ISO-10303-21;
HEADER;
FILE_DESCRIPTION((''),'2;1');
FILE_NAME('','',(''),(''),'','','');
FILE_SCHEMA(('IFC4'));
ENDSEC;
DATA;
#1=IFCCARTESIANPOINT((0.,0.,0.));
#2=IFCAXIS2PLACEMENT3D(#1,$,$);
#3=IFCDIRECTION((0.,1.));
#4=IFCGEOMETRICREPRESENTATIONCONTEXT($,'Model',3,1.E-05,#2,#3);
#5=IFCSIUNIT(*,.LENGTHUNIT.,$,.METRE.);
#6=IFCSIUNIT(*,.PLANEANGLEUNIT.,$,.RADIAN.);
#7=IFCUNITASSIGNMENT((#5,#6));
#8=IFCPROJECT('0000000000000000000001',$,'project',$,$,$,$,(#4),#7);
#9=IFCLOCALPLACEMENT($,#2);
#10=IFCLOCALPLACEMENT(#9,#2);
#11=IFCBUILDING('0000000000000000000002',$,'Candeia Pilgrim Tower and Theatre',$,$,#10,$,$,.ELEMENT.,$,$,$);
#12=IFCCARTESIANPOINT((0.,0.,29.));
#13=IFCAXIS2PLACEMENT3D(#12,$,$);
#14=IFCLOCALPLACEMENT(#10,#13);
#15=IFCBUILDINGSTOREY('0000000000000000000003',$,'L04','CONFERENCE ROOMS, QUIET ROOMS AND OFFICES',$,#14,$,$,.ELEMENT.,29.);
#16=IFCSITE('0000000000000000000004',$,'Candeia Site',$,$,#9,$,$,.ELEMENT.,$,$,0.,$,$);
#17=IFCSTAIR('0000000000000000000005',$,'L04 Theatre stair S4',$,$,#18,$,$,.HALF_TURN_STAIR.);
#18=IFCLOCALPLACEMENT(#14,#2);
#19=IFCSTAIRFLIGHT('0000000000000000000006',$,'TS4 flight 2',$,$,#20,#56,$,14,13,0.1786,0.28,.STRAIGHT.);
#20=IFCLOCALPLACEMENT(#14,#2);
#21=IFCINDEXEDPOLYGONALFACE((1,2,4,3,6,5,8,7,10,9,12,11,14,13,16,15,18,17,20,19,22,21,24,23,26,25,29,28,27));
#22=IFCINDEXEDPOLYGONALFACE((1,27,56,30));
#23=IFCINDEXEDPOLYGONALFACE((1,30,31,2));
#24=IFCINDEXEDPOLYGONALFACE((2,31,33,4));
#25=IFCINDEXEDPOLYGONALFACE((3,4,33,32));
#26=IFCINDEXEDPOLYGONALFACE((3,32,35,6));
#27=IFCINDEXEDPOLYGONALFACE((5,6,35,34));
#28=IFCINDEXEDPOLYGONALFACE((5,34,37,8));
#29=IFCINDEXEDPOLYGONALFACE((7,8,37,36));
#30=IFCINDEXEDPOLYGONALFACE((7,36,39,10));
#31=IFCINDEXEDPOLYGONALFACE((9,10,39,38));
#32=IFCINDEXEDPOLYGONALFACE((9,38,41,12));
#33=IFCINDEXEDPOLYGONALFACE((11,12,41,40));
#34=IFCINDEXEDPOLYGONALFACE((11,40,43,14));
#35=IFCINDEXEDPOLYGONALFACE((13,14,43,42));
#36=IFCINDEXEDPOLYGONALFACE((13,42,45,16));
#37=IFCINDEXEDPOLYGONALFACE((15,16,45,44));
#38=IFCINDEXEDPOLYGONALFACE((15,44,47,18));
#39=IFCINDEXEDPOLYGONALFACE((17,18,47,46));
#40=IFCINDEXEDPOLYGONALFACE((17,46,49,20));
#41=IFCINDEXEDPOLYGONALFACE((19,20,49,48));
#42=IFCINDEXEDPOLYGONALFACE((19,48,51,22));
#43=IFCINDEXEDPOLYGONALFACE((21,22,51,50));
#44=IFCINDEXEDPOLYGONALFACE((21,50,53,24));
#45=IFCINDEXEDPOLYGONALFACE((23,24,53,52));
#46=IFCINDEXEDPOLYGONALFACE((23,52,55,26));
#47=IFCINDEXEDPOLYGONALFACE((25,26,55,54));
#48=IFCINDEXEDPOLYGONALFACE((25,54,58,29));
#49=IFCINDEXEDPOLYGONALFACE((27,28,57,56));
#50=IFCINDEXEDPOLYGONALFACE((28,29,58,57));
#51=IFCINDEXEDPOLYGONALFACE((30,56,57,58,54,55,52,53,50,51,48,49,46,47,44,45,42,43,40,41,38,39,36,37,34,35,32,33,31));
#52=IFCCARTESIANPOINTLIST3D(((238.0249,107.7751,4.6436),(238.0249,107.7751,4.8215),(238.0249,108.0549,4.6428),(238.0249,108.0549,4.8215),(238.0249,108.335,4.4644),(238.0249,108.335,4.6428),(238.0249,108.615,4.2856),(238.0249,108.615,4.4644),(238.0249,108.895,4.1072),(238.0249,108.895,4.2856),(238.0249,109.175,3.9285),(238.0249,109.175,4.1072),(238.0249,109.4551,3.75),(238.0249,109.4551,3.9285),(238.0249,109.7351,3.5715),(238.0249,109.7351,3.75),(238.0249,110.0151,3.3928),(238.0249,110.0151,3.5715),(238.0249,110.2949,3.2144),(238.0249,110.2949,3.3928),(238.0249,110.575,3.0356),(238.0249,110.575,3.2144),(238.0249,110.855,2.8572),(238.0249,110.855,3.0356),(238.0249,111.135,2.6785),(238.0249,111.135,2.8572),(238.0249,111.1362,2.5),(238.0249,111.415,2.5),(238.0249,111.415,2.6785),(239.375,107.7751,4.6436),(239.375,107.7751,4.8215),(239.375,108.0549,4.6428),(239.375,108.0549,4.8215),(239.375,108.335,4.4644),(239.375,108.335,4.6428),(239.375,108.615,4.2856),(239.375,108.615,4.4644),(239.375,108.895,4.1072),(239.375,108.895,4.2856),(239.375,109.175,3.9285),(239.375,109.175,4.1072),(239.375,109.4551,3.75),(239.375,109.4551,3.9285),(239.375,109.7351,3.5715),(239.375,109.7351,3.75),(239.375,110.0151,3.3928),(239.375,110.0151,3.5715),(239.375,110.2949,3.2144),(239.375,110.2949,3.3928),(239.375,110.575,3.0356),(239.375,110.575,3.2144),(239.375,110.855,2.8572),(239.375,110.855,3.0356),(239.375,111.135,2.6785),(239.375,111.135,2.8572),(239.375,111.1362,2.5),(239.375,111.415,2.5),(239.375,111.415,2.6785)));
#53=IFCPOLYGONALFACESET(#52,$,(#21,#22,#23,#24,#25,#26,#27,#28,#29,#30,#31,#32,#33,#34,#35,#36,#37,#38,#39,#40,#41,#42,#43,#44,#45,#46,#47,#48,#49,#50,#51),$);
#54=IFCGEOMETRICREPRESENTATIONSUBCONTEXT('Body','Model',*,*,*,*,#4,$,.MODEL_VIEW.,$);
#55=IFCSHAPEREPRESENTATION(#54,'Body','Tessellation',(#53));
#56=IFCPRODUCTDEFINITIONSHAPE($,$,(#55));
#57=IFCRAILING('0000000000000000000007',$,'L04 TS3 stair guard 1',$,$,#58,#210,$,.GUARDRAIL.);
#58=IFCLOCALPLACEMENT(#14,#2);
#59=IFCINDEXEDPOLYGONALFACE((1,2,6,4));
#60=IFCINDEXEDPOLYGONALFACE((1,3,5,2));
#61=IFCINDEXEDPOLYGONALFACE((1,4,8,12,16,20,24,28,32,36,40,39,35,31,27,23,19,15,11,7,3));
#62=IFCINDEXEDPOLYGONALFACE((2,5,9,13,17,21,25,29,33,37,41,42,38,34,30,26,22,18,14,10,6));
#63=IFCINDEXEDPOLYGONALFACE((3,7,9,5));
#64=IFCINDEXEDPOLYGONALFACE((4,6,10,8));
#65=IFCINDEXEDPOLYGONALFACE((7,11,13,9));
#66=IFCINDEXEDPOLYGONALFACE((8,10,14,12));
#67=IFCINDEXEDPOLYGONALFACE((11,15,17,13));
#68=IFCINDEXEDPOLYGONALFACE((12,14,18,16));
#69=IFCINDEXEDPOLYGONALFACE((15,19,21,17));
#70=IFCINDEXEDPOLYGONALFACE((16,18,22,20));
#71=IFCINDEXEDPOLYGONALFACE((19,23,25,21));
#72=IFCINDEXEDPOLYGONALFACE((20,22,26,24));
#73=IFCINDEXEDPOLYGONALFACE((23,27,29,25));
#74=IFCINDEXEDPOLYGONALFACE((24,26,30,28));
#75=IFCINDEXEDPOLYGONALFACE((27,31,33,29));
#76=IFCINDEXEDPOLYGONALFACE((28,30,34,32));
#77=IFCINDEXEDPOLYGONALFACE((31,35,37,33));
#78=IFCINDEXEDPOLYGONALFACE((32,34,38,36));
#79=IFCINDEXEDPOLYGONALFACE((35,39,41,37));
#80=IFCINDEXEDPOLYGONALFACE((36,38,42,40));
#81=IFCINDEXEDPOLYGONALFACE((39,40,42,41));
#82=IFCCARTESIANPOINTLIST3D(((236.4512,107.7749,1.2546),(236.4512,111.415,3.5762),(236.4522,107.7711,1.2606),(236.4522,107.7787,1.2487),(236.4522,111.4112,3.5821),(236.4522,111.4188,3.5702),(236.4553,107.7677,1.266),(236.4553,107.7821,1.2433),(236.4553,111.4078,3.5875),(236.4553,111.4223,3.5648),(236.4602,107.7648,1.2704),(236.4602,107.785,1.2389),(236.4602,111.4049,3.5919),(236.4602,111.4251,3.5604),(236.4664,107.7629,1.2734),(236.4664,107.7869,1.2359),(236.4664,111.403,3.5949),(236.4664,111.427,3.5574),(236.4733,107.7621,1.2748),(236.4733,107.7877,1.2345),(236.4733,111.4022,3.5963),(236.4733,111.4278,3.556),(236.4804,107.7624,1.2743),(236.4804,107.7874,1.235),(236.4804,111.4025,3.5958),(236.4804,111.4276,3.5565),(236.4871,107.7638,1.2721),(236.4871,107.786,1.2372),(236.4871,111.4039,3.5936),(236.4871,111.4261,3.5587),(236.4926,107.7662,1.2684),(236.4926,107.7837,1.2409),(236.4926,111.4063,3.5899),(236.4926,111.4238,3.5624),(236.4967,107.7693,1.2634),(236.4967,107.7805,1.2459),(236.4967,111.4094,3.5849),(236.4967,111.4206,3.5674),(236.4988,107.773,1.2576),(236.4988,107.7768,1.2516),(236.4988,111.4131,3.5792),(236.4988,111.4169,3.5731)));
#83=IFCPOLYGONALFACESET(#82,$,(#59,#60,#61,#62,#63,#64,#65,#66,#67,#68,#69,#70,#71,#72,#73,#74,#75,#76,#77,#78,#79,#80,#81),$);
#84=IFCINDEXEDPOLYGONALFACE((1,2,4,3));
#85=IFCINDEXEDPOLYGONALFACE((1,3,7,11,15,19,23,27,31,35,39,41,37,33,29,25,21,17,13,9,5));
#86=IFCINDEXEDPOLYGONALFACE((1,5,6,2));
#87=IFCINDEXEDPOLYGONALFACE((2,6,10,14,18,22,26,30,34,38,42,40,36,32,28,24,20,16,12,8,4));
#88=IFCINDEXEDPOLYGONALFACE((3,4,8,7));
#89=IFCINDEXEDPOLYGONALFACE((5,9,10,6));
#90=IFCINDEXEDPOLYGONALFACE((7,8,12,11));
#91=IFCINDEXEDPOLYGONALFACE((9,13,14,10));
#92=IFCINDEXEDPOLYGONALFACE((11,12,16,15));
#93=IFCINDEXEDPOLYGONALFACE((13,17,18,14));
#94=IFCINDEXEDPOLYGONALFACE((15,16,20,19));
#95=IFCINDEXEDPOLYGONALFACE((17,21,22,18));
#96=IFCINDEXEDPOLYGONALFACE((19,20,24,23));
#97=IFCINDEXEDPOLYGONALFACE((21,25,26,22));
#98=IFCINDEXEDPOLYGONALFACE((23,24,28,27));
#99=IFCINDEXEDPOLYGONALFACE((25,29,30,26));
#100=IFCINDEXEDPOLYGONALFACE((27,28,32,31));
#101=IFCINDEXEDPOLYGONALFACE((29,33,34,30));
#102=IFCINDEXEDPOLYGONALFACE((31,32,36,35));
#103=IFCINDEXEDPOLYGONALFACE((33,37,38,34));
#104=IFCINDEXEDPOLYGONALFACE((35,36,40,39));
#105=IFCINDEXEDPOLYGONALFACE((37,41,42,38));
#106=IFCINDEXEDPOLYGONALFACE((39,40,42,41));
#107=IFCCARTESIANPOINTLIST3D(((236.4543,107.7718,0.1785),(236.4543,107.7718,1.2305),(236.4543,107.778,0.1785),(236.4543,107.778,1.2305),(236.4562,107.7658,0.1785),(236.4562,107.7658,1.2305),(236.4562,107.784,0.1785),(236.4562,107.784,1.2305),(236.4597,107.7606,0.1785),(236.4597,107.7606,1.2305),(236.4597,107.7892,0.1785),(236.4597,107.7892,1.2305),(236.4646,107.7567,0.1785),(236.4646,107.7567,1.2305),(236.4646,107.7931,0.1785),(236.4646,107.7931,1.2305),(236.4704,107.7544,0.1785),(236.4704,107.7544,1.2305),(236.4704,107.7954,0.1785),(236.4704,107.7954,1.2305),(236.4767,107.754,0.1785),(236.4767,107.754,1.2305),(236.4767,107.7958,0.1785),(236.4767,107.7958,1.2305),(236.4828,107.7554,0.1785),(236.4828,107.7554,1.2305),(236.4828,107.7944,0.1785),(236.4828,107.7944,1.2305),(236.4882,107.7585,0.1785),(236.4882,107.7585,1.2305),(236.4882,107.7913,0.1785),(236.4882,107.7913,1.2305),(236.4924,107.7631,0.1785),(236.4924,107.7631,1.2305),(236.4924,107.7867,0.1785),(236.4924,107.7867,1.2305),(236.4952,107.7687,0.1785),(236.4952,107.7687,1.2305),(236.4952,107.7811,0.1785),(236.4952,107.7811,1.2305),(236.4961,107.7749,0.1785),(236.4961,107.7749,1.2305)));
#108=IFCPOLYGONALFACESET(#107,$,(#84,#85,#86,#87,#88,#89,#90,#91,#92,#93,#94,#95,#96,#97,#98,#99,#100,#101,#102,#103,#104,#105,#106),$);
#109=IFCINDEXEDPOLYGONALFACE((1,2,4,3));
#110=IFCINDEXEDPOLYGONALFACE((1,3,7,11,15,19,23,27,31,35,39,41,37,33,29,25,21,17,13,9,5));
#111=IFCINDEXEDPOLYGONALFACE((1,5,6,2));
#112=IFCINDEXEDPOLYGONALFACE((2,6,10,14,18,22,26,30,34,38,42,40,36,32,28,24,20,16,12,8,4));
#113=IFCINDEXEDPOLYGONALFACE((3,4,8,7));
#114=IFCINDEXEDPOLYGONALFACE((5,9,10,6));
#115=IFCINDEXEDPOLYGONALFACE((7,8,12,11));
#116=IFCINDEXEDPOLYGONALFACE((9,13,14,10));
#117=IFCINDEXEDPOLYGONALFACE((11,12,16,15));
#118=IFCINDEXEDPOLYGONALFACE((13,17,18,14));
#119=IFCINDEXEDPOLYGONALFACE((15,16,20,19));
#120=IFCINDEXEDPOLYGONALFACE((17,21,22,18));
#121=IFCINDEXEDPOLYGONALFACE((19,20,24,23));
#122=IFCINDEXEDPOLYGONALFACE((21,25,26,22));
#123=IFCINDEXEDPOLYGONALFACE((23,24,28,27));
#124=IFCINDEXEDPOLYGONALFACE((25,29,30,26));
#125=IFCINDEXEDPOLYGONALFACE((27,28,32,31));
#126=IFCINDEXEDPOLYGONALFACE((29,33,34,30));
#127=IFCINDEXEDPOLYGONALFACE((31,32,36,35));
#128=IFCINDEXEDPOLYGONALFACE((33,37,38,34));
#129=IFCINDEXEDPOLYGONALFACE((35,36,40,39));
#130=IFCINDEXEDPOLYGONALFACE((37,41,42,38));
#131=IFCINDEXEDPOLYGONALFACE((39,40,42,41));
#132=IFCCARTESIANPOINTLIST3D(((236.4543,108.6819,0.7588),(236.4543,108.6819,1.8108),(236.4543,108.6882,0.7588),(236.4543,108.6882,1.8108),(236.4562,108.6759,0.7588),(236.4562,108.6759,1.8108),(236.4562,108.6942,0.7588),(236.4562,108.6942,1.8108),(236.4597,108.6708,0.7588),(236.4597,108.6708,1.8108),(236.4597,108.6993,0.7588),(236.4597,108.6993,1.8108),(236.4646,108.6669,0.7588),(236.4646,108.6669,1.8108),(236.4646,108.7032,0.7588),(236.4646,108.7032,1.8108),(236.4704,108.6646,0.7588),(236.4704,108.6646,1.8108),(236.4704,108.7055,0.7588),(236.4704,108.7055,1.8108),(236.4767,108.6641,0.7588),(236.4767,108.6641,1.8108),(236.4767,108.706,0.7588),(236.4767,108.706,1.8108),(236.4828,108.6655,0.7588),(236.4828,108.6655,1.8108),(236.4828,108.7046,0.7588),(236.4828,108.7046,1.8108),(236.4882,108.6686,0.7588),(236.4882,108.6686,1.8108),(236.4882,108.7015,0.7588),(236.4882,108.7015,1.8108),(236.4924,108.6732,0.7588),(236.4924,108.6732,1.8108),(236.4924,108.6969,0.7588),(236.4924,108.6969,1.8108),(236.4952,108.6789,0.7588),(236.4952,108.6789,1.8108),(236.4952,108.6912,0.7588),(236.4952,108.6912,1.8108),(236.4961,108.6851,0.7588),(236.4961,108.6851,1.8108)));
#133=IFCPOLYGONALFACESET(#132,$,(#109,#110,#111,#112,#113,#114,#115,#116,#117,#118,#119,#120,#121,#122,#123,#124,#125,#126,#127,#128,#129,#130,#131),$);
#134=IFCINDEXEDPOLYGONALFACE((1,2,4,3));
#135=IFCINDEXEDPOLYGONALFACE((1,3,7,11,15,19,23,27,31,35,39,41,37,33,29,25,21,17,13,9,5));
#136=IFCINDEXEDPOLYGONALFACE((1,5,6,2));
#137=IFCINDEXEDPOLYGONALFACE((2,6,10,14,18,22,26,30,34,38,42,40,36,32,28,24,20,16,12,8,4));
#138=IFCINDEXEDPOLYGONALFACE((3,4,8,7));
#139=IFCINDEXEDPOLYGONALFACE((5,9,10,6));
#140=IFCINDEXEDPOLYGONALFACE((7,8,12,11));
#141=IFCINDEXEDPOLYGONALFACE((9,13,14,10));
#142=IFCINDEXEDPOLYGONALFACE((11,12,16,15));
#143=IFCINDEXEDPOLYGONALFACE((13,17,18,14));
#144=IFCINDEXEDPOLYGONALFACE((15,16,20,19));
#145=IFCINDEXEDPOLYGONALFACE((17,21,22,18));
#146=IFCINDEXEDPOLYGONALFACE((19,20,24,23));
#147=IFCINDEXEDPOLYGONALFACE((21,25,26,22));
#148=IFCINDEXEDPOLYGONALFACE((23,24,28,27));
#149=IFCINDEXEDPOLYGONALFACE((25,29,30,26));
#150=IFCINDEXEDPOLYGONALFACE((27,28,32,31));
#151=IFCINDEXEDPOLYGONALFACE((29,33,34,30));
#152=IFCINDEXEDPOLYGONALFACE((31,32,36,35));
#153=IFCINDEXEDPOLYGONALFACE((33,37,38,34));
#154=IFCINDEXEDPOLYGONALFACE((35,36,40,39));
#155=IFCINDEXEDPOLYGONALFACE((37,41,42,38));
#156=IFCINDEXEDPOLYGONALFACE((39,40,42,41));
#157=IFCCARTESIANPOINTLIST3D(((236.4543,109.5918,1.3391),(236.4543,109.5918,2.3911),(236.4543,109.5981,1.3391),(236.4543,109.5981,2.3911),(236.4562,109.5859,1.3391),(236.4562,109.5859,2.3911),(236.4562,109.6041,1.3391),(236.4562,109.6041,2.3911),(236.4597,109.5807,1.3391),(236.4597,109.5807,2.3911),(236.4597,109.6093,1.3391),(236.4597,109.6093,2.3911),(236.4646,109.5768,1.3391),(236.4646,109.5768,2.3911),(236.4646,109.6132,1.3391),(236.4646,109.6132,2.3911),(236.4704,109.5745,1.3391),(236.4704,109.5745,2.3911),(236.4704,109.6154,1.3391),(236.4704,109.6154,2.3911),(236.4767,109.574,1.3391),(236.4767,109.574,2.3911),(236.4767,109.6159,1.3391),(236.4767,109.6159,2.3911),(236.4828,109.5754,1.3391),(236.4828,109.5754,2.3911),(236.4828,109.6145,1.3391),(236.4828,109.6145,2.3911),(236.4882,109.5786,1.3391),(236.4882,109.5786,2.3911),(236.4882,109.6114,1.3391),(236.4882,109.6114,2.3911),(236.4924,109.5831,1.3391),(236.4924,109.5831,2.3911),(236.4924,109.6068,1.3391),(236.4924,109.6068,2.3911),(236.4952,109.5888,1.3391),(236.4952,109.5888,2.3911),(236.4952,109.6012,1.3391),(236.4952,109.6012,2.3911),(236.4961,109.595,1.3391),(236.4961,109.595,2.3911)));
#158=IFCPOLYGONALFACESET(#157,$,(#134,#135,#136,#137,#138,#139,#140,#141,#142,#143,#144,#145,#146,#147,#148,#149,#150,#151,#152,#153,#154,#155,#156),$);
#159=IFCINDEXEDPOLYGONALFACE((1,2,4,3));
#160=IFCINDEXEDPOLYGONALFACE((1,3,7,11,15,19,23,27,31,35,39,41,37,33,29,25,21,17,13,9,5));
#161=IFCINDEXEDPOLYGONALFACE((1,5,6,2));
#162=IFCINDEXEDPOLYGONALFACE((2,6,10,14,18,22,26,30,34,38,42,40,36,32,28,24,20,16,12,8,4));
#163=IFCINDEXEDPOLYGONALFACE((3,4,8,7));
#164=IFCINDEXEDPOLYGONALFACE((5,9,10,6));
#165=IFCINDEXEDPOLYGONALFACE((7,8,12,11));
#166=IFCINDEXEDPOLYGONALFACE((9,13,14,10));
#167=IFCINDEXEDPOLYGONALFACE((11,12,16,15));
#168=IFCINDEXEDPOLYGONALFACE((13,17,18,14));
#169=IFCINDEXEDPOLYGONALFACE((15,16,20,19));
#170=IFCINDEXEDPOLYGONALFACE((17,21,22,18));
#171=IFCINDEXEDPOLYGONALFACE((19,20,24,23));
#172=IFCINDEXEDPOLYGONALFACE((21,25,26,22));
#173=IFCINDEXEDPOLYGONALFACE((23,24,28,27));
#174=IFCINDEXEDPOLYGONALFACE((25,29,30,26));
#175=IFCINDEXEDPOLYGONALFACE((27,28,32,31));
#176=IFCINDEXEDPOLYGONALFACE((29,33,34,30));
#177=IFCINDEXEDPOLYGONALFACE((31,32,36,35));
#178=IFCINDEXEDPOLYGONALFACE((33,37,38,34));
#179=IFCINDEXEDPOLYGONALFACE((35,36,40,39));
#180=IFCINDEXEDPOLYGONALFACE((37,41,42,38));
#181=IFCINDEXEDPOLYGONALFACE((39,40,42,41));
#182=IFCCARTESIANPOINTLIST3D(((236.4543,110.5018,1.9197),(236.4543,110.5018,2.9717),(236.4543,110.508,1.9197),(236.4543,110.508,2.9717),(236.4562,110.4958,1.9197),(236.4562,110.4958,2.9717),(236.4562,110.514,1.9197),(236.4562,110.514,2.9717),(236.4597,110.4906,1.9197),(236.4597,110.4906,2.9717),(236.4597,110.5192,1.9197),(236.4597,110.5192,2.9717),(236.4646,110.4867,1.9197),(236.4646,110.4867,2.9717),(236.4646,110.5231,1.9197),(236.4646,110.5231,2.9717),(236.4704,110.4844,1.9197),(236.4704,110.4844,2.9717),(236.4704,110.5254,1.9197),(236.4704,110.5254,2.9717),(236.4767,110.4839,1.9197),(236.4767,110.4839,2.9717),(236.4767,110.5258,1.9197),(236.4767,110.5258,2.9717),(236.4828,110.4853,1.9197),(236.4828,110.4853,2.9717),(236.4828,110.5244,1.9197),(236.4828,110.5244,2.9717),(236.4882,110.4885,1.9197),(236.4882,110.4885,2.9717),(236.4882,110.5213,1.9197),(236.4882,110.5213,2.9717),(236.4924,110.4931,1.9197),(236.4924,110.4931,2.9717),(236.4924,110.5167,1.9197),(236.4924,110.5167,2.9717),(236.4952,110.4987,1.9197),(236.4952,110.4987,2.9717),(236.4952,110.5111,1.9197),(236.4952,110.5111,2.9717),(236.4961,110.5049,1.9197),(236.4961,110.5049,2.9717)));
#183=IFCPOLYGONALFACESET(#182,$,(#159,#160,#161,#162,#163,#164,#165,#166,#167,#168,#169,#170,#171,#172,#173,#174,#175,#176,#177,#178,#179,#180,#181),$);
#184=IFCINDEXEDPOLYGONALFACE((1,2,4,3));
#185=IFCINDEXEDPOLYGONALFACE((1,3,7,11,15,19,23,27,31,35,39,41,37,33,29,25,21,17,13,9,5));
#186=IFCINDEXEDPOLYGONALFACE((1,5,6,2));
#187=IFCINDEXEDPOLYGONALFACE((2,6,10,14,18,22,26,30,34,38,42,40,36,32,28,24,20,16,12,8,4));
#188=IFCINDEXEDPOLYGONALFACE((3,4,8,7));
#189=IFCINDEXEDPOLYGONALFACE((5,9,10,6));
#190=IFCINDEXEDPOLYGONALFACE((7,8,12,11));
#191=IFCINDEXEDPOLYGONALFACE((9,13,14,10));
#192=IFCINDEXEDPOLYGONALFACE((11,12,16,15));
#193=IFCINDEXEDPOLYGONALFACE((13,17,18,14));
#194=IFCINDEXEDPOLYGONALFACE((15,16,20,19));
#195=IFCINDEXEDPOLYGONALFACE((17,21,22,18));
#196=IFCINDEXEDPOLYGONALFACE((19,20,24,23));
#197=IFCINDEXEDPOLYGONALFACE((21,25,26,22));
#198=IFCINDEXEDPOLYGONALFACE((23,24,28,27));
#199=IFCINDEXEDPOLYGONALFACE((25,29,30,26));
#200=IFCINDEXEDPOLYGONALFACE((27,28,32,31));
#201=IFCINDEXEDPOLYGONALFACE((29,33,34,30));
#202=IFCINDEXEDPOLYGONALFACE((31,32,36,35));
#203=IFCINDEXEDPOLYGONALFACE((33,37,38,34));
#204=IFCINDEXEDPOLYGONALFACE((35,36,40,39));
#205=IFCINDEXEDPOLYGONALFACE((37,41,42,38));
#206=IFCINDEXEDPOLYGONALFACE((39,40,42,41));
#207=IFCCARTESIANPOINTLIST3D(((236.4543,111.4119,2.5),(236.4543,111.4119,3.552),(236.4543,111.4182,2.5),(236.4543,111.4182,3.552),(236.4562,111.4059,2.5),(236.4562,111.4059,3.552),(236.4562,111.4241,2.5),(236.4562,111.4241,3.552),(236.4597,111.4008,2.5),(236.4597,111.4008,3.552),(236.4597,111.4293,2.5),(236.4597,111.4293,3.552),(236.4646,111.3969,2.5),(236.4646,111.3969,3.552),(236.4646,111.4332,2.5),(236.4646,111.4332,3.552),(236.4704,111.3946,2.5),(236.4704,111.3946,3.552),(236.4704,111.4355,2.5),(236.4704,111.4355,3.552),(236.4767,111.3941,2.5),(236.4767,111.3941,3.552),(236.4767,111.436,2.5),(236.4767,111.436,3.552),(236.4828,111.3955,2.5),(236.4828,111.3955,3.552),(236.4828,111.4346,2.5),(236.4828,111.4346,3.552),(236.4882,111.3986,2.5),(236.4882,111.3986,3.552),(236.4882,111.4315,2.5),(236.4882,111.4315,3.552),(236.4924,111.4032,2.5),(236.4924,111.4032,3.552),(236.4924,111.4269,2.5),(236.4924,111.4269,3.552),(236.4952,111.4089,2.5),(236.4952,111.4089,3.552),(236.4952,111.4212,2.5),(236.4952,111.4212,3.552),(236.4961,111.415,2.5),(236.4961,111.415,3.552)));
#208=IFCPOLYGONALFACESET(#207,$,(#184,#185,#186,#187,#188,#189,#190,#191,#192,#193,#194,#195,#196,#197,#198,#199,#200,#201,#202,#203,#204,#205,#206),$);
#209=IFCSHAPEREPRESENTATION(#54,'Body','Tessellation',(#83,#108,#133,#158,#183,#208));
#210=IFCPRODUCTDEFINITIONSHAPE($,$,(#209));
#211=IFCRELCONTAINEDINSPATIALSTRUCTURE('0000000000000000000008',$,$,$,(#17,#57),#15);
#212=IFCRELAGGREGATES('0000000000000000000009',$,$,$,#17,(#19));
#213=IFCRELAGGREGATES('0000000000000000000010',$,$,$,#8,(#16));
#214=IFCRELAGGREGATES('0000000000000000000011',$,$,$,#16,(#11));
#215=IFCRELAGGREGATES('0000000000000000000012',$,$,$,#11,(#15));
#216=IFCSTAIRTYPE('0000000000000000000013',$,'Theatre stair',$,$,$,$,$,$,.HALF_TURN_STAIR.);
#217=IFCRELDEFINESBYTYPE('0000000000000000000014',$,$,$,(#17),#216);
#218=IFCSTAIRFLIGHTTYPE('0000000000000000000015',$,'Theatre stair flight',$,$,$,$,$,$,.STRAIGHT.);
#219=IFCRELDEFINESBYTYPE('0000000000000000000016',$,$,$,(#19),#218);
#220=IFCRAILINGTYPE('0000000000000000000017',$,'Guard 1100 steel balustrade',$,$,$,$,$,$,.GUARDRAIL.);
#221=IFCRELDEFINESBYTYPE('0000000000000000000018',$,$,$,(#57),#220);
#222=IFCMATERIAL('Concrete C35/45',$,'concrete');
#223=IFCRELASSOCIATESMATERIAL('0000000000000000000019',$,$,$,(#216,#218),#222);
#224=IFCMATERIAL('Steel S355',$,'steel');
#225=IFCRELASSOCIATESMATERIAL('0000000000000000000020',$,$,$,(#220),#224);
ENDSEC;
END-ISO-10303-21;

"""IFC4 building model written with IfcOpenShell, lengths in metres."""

from ifc_helpers import new_model, si_unit, direction, frame, origin, origin_2d, place, context, subcontext, project, spatial, polyline, circle, outline, extrude, material, type_object, element, aggregate, save


model = new_model("IFC4")

# Units and contexts
model_context = context("Model", 3, precision=1e-05, world=origin(), true_north=direction((0.0, 1.0)))
body_context = subcontext(model_context, "Body", "Model", "MODEL_VIEW")
ifc_project = project(units=[si_unit("LENGTHUNIT", "METRE"), si_unit("PLANEANGLEUNIT", "RADIAN")], contexts=[model_context])

# Site, building, storey
site_placement = place(None, origin())
site = spatial("IfcSite", under=ifc_project, at=site_placement, Name="Candeia Site", CompositionType="ELEMENT", RefElevation=0.0)
building_placement = place(site_placement, origin())
building = spatial("IfcBuilding", under=site, at=building_placement, Name="Candeia Pilgrim Tower and Theatre", CompositionType="ELEMENT")
storey_placement = place(building_placement, frame((0.0, 0.0, 29.0)))
storey = spatial("IfcBuildingStorey", under=building, at=storey_placement, Name="L04", Description="CONFERENCE ROOMS, QUIET ROOMS AND OFFICES", CompositionType="ELEMENT", Elevation=29.0)

# Shared definitions
ifc_material_1 = material(Name="Concrete C35/45", Category="concrete")

# Stair, stair flight
stair_type = type_object("IfcStairType", Name="Theatre stair", PredefinedType="HALF_TURN_STAIR", material=ifc_material_1)
stair_flight_type = type_object("IfcStairFlightType", Name="Theatre stair flight", PredefinedType="STRAIGHT", material=ifc_material_1)
stair_1_placement = place(storey_placement, origin())
stair_1 = element("IfcStair", 1, at=stair_1_placement, inside=storey, type_object=stair_type, Name="L04 Theatre stair S4", PredefinedType="HALF_TURN_STAIR")
stair_flight_1_placement = place(storey_placement, frame((238.7, 111.415, 2.5), z_axis=(0.0, 0.0, 1.0), x_axis=(0.0, -1.0, 0.0)))
stair_flight_1 = element("IfcStairFlight", 2, at=stair_flight_1_placement, type_object=stair_flight_type, Name="TS4 flight 2", NumberOfRisers=14, NumberOfTreads=13, PredefinedType="STRAIGHT", RiserHeight=0.1786, TreadLength=0.28, context=body_context, shape_type="SweptSolid", body=[
    extrude(outline(polyline([(0.0, 0.0), (0.0, 0.1785), (0.28, 0.1785), (0.28, 0.3572), (0.5601, 0.3572), (0.5601, 0.5356), (0.8401, 0.5356), (0.8401, 0.7144), (1.1201, 0.7144), (1.1201, 0.8928), (1.3999, 0.8928), (1.3999, 1.0715), (1.6799, 1.0715), (1.6799, 1.25), (1.96, 1.25), (1.96, 1.4285), (2.24, 1.4285), (2.24, 1.6072), (2.52, 1.6072), (2.52, 1.7856), (2.8, 1.7856), (2.8, 1.9644), (3.0801, 1.9644), (3.0801, 2.1428), (3.3601, 2.1428), (3.3601, 2.3215), (3.6399, 2.3215), (3.6399, 2.5), (3.6399, 2.1436), (0.2788, 0.0), (0.0, 0.0)])), frame((0.0, 0.675, 0.0), z_axis=(0.0, -1.0, 0.0), x_axis=(1.0, 0.0, 0.0)), (0.0, 0.0, 1.0), 1.3501),
])
aggregate(stair_1, [stair_flight_1])

# Railing
ifc_material_2 = material(Name="Steel S355", Category="steel")
railing_type_1 = type_object("IfcRailingType", Name="Guard 1100 steel balustrade", PredefinedType="GUARDRAIL", material=ifc_material_2)
railing_1_placement = place(storey_placement, frame((236.4751, 107.7749, 0.1785)))
element("IfcRailing", 3, at=railing_1_placement, inside=storey, type_object=railing_type_1, Name="L04 TS3 stair guard 1", PredefinedType="GUARDRAIL", context=body_context, shape_type="SweptSolid", body=[
    extrude(circle(Radius=0.0239, at=origin_2d()), frame((0.0, 0.0, 1.0762), z_axis=(0.0, 0.843128, 0.537713), x_axis=(-1.0, 0.0, 0.0)), (0.0, 0.0, 1.0), 4.3174),
    extrude(circle(Radius=0.021, at=origin_2d()), origin(), (0.0, 0.0, 1.0), 1.052),
    extrude(circle(Radius=0.021, at=origin_2d()), frame((0.0, 0.9102, 0.5803)), (0.0, 0.0, 1.0), 1.052),
    extrude(circle(Radius=0.021, at=origin_2d()), frame((0.0, 1.8201, 1.1606)), (0.0, 0.0, 1.0), 1.052),
    extrude(circle(Radius=0.021, at=origin_2d()), frame((0.0, 2.73, 1.7412)), (0.0, 0.0, 1.0), 1.052),
    extrude(circle(Radius=0.021, at=origin_2d()), frame((0.0, 3.6401, 2.3215)), (0.0, 0.0, 1.0), 1.052),
])

save(model, "model.ifc")
